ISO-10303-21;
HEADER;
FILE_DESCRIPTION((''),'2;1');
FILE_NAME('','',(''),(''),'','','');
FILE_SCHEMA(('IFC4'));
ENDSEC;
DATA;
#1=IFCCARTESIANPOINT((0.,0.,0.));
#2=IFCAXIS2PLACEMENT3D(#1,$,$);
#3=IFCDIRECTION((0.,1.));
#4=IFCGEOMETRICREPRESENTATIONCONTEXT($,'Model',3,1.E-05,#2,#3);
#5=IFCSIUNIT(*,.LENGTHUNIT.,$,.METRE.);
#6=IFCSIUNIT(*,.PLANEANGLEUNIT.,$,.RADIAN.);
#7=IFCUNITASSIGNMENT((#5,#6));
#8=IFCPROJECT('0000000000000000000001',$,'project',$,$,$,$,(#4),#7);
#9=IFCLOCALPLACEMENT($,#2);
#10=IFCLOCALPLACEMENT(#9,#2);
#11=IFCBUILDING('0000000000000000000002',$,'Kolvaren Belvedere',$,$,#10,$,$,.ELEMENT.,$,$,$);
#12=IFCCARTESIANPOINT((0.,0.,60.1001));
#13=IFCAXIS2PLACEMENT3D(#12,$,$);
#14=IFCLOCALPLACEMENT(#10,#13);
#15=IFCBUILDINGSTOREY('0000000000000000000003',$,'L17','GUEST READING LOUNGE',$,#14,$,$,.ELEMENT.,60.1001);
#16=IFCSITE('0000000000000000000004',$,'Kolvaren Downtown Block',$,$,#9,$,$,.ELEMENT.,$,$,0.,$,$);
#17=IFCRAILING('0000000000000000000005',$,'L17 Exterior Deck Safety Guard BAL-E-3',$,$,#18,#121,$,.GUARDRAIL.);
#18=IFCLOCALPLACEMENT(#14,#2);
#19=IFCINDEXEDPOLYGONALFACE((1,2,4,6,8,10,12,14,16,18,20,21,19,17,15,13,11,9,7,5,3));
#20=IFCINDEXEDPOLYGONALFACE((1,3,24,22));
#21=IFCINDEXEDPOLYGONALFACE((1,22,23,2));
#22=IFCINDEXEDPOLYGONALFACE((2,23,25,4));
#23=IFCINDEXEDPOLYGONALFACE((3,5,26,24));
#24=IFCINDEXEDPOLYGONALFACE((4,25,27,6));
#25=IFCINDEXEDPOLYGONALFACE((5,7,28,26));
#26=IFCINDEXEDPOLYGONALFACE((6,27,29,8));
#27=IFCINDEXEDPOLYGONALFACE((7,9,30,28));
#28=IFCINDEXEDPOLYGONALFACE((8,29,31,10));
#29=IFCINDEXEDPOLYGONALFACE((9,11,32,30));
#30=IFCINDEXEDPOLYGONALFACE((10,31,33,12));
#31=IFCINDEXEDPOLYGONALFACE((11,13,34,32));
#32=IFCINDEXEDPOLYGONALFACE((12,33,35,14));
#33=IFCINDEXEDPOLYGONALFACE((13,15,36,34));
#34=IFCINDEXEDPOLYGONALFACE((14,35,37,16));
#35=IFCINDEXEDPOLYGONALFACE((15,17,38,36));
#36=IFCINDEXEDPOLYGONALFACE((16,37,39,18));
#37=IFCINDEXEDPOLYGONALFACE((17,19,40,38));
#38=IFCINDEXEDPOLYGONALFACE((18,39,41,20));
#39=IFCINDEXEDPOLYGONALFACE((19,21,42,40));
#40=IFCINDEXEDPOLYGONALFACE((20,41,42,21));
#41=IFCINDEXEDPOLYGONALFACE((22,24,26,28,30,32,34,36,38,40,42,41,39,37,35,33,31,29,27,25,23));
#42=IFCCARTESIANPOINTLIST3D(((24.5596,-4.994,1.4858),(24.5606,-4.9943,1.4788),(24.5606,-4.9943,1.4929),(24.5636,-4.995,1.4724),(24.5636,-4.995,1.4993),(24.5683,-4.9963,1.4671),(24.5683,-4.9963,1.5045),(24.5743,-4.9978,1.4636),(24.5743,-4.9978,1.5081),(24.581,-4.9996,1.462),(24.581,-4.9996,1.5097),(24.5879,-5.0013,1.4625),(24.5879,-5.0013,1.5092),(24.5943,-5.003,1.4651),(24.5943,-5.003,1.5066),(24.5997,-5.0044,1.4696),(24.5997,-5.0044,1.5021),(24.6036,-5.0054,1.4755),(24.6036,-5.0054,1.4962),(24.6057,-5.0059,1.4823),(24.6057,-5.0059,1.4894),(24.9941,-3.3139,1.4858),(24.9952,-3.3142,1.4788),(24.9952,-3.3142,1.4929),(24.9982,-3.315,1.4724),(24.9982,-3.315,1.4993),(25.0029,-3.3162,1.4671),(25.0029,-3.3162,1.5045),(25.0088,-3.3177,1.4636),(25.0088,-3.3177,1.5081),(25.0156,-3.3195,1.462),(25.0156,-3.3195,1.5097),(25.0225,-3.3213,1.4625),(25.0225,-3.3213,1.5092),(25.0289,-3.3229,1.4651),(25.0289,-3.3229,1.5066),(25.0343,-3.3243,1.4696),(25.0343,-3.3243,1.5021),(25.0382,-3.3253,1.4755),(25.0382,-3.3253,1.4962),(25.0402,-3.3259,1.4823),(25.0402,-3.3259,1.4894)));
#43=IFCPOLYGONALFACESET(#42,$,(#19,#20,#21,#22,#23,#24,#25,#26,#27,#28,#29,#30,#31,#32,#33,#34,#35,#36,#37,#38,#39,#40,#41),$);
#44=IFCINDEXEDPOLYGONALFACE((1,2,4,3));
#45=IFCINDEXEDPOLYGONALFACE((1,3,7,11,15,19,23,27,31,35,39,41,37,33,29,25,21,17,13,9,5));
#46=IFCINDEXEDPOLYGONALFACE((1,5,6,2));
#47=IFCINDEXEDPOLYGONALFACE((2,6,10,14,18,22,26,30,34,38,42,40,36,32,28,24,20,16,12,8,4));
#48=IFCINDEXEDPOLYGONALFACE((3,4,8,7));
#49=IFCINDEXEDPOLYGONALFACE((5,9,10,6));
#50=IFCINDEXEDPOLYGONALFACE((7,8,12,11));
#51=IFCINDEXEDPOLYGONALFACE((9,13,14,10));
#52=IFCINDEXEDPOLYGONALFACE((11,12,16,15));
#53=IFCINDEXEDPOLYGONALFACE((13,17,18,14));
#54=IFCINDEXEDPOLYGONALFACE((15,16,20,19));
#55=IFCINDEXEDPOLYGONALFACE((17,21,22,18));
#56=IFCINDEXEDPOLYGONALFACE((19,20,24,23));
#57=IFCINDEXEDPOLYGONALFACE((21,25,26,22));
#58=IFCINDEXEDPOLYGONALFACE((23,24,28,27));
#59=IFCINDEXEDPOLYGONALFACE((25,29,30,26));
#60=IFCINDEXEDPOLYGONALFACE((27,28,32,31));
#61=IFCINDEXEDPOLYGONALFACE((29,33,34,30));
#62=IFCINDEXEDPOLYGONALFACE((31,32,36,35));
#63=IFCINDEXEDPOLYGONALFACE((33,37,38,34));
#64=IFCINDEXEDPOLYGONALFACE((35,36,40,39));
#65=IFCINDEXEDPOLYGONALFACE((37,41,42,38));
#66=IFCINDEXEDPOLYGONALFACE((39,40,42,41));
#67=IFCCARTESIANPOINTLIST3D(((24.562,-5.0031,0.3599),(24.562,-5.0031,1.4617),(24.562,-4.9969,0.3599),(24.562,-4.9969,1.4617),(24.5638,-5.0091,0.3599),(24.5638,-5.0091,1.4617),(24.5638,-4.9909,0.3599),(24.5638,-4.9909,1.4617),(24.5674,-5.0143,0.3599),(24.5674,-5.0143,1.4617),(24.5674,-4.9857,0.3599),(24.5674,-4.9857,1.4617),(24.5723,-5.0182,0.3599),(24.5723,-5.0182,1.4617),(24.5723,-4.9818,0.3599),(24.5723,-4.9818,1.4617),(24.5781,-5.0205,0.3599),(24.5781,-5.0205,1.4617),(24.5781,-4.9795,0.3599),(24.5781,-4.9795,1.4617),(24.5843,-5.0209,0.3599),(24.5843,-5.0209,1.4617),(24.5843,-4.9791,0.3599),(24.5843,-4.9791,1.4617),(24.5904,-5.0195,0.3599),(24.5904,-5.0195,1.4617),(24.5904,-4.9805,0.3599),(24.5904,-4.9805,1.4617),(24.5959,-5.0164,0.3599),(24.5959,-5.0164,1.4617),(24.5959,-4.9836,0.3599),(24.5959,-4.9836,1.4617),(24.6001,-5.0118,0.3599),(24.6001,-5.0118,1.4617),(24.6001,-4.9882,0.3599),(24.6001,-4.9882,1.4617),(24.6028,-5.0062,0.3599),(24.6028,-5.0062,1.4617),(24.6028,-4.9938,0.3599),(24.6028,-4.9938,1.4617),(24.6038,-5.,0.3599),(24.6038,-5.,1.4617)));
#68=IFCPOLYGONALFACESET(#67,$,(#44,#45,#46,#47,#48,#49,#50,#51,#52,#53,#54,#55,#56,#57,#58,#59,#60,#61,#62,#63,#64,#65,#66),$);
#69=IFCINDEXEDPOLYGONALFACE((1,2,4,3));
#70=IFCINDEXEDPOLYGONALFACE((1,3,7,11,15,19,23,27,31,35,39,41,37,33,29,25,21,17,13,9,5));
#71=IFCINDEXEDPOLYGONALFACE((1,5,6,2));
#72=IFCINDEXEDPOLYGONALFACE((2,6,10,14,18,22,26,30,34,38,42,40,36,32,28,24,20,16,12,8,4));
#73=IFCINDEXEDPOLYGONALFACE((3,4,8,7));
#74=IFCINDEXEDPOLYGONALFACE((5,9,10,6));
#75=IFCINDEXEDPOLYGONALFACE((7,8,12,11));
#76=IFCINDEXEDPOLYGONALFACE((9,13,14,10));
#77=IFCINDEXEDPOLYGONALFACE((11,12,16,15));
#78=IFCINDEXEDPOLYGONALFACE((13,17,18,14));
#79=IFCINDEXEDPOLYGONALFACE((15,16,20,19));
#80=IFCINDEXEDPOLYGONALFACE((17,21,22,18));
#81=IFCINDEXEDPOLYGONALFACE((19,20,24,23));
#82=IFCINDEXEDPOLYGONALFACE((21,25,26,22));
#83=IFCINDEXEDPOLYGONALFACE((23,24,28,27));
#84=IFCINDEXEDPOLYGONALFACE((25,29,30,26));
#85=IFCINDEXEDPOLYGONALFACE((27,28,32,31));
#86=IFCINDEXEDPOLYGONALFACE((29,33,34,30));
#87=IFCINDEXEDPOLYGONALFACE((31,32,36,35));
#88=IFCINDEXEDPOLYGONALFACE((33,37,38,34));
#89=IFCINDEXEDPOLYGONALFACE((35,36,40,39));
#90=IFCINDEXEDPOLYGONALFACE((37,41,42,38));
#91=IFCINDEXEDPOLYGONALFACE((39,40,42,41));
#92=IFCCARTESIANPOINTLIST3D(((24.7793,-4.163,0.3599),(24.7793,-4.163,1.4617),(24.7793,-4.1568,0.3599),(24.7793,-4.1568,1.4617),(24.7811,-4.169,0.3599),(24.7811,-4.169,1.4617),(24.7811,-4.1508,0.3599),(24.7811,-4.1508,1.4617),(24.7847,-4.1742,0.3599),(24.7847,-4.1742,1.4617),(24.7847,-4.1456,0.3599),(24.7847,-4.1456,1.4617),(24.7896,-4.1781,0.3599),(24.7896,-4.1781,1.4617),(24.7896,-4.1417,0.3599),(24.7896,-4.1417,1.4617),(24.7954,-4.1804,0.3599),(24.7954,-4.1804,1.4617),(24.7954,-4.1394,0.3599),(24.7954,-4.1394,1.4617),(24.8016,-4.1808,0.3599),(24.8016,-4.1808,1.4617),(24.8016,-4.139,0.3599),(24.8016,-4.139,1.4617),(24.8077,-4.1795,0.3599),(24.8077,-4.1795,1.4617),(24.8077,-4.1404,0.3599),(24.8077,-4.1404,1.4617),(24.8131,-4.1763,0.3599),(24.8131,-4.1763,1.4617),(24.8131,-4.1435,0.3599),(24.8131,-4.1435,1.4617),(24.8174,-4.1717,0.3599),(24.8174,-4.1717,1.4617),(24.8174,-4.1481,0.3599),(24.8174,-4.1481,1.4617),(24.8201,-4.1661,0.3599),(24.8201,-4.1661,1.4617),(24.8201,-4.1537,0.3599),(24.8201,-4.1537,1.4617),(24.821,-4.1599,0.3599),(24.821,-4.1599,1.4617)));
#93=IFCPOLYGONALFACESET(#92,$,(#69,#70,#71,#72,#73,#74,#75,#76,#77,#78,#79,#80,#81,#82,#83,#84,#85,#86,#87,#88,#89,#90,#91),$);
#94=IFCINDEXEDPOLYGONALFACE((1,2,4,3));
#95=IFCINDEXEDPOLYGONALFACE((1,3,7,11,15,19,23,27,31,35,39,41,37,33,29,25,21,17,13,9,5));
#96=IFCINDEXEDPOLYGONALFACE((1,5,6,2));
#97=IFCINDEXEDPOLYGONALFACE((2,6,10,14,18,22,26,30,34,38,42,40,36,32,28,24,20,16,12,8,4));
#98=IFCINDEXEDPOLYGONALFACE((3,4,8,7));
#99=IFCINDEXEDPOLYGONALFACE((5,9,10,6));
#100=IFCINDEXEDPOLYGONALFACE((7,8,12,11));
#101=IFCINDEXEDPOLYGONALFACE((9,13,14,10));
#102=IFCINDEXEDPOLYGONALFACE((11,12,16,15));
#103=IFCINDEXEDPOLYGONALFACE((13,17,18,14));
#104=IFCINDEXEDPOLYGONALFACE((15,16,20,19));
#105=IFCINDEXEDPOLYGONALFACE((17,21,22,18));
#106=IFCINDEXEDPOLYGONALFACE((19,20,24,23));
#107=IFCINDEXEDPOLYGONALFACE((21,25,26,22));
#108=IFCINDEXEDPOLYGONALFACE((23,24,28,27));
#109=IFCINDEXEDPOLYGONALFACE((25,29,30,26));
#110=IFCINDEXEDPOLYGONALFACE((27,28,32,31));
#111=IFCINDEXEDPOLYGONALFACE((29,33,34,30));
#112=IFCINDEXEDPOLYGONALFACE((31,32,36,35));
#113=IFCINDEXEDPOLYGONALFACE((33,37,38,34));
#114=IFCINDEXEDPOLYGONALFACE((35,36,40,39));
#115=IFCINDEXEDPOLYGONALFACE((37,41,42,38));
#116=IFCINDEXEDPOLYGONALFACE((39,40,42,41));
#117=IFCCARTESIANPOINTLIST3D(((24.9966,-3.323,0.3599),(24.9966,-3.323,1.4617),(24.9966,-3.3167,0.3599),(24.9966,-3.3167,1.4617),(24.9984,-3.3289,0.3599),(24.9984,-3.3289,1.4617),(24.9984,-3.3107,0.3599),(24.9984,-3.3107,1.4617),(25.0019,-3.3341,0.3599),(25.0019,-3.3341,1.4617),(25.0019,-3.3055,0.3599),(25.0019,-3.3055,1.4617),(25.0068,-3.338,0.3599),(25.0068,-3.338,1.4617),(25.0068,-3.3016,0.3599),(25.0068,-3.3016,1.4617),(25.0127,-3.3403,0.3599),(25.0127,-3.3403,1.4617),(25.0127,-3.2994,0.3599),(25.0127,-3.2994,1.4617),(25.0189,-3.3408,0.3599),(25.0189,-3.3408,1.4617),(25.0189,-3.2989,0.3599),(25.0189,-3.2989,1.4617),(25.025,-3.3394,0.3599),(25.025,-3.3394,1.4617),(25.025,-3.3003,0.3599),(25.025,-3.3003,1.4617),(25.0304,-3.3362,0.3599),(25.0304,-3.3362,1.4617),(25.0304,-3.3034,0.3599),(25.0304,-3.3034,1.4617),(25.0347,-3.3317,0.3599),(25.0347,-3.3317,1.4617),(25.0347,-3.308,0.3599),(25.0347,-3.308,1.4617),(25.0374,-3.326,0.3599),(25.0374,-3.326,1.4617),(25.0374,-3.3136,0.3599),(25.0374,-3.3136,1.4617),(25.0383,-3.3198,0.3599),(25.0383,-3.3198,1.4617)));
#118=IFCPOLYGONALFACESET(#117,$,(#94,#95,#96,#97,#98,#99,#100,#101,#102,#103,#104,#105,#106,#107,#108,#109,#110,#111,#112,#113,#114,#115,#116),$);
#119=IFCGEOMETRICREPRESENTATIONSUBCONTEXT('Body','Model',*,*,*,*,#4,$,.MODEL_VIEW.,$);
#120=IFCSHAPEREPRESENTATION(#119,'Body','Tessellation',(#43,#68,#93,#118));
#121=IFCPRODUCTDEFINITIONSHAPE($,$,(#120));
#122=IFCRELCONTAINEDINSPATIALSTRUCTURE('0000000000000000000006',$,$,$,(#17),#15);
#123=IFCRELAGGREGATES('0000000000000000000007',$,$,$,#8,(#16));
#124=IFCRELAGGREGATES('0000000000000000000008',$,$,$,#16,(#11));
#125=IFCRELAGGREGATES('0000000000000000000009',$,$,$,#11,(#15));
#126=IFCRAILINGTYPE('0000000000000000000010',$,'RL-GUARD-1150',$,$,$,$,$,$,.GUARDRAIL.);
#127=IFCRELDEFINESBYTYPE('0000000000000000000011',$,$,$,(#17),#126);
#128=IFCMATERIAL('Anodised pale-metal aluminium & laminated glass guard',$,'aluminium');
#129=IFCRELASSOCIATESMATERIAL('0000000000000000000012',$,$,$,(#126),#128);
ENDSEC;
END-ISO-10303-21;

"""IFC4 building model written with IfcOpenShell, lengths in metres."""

from ifc_helpers import new_model, si_unit, direction, frame, origin, origin_2d, place, context, subcontext, project, spatial, circle, extrude, material, type_object, element, save


model = new_model("IFC4")

# Units and contexts
model_context = context("Model", 3, precision=1e-05, world=origin(), true_north=direction((0.0, 1.0)))
body_context = subcontext(model_context, "Body", "Model", "MODEL_VIEW")
ifc_project = project(units=[si_unit("LENGTHUNIT", "METRE"), si_unit("PLANEANGLEUNIT", "RADIAN")], contexts=[model_context])

# Site, building, storey
site_placement = place(None, origin())
site = spatial("IfcSite", under=ifc_project, at=site_placement, Name="Kolvaren Downtown Block", CompositionType="ELEMENT", RefElevation=0.0)
building_placement = place(site_placement, origin())
building = spatial("IfcBuilding", under=site, at=building_placement, Name="Kolvaren Belvedere", CompositionType="ELEMENT")
storey_placement = place(building_placement, frame((0.0, 0.0, 60.1001)))
storey = spatial("IfcBuildingStorey", under=building, at=storey_placement, Name="L17", Description="GUEST READING LOUNGE", CompositionType="ELEMENT", Elevation=60.1001)

# Railing
ifc_material_1 = material(Name="Anodised pale-metal aluminium & laminated glass guard", Category="aluminium")
railing_type = type_object("IfcRailingType", Name="RL-GUARD-1150", PredefinedType="GUARDRAIL", material=ifc_material_1)
railing_1_placement = place(storey_placement, frame((24.5828, -5.0, 0.3599)))
element("IfcRailing", 1, at=railing_1_placement, inside=storey, type_object=railing_type, Name="L17 Exterior Deck Safety Guard BAL-E-3", PredefinedType="GUARDRAIL", context=body_context, shape_type="SweptSolid", body=[
    extrude(circle(Radius=0.0239, at=origin_2d()), frame((0.0, 0.0, 1.126), z_axis=(0.250406, 0.968141, 0.0), x_axis=(-0.968141, 0.250406, 0.0)), (0.0, 0.0, 1.0), 1.7354),
    extrude(circle(Radius=0.021, at=origin_2d()), origin(), (0.0, 0.0, 1.0), 1.1018),
    extrude(circle(Radius=0.021, at=origin_2d()), frame((0.2173, 0.8401, 0.0)), (0.0, 0.0, 1.0), 1.1018),
    extrude(circle(Radius=0.021, at=origin_2d()), frame((0.4346, 1.6802, 0.0)), (0.0, 0.0, 1.0), 1.1018),
])

save(model, "model.ifc")
